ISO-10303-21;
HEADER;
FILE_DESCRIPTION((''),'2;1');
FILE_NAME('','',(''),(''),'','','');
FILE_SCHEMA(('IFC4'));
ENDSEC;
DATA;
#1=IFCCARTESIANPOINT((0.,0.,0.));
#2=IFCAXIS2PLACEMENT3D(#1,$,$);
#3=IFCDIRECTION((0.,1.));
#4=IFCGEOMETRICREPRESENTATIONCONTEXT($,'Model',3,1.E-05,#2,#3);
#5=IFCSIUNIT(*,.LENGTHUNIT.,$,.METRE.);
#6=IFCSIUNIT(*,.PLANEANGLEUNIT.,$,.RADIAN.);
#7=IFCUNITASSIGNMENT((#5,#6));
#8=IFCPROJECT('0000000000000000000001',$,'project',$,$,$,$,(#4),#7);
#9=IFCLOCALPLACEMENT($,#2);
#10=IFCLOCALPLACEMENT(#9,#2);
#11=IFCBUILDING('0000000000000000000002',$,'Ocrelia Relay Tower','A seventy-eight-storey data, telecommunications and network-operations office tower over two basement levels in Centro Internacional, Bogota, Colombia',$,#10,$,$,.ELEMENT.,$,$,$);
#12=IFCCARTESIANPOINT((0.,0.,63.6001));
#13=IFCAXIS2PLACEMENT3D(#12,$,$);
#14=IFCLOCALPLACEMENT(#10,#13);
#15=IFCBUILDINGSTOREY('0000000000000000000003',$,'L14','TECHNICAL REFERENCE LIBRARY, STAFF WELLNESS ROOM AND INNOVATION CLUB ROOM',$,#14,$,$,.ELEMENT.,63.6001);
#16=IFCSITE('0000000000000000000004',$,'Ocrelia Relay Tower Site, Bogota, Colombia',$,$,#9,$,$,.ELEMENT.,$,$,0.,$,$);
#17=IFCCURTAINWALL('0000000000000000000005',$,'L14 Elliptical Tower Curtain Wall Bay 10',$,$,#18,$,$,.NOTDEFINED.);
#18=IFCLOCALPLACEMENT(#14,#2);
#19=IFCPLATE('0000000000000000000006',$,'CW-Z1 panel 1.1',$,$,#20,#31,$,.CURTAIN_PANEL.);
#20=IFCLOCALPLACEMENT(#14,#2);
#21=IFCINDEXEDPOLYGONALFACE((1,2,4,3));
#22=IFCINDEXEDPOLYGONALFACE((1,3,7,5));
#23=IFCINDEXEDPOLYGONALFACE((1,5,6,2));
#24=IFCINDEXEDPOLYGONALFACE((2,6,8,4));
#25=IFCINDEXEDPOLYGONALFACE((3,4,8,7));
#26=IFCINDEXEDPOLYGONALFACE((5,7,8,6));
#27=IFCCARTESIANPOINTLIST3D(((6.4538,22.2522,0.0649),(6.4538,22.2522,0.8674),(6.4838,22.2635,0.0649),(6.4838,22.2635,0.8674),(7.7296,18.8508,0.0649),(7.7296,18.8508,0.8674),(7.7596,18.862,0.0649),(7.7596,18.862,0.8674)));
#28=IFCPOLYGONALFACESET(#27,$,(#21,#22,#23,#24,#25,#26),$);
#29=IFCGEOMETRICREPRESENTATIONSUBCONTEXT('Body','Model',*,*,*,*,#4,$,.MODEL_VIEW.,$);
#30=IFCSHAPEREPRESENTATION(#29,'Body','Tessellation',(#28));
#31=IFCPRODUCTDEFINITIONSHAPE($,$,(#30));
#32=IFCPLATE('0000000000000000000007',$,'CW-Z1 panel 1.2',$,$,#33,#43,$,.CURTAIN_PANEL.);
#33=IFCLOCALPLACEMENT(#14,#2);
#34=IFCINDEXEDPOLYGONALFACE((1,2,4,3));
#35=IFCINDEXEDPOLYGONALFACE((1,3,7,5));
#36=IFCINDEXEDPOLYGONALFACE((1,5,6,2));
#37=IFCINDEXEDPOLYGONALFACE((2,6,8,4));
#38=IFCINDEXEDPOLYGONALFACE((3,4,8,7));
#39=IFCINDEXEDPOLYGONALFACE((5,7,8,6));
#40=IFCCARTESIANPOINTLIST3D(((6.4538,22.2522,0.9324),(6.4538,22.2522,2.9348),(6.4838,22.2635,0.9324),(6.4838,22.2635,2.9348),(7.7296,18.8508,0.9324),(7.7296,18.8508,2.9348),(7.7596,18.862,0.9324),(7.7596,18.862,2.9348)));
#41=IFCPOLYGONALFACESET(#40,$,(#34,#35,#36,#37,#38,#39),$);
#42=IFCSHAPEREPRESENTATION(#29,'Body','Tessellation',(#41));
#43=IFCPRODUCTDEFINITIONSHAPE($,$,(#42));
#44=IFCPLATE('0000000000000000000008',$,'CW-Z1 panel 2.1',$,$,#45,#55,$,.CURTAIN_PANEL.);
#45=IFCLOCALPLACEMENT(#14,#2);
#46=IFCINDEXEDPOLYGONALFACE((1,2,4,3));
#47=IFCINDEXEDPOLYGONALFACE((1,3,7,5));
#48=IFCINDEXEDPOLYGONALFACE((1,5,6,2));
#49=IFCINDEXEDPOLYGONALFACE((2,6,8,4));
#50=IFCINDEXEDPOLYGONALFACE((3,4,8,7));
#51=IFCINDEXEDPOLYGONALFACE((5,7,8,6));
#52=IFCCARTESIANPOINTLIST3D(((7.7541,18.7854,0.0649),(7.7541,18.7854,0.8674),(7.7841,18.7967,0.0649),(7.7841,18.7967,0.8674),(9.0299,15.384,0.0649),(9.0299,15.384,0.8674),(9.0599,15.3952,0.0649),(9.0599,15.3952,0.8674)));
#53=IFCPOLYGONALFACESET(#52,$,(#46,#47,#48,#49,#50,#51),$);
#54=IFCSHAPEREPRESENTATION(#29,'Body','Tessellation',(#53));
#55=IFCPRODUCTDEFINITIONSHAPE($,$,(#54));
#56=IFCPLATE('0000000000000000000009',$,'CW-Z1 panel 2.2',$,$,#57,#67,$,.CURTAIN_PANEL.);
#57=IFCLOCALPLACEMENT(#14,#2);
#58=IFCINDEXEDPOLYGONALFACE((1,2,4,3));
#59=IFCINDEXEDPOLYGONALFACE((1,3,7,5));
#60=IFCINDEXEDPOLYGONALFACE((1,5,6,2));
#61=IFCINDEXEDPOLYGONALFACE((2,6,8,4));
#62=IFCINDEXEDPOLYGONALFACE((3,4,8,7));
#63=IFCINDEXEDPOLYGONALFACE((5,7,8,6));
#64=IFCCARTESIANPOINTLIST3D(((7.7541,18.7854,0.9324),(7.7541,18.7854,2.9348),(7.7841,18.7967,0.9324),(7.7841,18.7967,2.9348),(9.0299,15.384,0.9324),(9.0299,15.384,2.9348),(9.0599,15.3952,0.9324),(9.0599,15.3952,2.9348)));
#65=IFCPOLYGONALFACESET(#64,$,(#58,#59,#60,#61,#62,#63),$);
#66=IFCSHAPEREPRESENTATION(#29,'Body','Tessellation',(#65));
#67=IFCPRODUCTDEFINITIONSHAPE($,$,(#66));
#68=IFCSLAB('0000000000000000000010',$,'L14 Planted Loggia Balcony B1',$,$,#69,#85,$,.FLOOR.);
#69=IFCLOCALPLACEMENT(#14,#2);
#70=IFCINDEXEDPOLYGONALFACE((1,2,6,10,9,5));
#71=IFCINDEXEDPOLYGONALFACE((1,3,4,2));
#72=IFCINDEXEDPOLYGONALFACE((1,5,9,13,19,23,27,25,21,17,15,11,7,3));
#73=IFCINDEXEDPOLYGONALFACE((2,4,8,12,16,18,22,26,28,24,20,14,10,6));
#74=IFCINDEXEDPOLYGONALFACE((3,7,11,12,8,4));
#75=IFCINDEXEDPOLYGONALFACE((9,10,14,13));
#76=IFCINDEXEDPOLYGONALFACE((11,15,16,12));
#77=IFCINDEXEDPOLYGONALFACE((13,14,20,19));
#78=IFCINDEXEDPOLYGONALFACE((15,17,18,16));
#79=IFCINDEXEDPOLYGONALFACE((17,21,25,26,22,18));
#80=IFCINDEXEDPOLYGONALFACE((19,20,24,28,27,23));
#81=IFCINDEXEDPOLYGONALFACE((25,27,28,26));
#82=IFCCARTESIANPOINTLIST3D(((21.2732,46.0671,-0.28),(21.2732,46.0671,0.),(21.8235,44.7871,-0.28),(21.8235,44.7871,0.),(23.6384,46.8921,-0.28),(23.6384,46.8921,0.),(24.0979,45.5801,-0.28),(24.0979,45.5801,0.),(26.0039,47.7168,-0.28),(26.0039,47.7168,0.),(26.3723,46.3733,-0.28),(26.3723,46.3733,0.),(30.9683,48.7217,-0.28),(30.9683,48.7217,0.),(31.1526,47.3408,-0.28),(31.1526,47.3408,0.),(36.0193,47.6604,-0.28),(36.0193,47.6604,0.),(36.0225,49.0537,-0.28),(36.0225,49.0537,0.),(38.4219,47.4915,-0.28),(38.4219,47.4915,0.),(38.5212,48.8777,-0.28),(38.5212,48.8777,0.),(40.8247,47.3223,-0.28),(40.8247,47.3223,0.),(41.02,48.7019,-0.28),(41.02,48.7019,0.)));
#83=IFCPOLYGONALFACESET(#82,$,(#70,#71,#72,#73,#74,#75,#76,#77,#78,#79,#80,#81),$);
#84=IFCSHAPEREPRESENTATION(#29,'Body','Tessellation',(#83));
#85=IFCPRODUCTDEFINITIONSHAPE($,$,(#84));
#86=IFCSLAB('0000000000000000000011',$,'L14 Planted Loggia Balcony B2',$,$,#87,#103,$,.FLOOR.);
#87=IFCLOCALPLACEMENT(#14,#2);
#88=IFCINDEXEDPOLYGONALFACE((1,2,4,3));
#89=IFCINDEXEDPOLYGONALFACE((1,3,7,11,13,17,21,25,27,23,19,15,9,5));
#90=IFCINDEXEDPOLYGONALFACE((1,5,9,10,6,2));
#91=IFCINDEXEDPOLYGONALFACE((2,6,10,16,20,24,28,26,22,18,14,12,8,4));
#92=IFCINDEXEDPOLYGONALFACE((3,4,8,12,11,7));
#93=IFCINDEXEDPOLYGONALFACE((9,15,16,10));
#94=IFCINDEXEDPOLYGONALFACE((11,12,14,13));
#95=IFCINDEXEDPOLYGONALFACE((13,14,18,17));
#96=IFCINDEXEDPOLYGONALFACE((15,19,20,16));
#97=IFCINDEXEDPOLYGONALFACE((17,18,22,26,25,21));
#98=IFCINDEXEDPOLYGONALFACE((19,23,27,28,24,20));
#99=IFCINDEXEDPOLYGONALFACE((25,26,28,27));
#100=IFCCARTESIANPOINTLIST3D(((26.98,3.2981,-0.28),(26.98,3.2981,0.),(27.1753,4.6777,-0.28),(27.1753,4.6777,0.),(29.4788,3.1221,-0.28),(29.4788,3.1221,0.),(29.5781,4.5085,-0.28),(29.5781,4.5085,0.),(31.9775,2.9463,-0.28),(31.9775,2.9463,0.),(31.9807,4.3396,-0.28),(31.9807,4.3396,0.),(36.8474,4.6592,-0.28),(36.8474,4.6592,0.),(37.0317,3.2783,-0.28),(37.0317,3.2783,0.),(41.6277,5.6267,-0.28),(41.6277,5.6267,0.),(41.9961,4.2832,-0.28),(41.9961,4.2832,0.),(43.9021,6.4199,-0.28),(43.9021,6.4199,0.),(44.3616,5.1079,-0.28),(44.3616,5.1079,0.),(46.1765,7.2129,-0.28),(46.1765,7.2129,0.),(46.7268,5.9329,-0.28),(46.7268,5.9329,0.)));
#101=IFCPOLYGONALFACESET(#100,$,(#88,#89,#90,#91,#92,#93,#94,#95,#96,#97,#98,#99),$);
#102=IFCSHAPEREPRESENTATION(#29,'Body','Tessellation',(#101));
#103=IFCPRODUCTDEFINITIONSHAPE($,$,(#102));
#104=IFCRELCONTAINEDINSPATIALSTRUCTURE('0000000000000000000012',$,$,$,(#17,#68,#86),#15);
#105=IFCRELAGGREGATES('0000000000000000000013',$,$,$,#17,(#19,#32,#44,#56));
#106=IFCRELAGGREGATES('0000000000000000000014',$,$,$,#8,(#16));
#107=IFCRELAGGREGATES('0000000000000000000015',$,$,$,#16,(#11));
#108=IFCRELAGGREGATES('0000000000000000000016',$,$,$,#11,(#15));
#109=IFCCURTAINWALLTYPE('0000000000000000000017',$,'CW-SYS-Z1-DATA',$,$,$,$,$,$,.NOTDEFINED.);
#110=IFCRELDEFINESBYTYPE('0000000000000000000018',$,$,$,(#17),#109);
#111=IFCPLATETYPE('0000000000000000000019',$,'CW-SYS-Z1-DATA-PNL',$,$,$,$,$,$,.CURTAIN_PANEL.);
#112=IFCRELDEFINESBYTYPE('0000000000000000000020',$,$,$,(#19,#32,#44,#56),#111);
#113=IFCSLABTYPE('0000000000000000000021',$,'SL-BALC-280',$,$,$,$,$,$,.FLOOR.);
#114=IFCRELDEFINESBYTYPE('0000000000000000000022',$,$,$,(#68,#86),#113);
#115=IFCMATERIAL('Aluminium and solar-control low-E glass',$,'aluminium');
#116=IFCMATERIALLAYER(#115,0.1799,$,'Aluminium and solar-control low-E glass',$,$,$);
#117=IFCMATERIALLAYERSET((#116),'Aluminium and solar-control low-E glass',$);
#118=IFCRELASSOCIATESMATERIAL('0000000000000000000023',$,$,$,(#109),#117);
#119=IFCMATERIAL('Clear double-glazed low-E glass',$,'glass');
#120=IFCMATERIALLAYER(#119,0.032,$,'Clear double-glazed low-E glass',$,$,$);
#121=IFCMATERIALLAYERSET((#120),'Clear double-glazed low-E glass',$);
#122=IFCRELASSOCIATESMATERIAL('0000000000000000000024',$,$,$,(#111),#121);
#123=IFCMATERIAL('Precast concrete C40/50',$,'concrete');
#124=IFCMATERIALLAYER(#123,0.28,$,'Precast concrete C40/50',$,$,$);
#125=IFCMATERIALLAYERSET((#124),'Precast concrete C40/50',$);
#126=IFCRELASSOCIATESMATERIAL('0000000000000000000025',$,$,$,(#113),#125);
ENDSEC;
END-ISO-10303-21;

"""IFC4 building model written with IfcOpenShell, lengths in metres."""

from ifc_helpers import new_model, si_unit, direction, frame, origin, origin_2d, place, context, subcontext, project, spatial, polyline, rectangle, outline, extrude, material, layer, layer_set, type_object, element, aggregate, save


model = new_model("IFC4")

# Units and contexts
model_context = context("Model", 3, precision=1e-05, world=origin(), true_north=direction((0.0, 1.0)))
body_context = subcontext(model_context, "Body", "Model", "MODEL_VIEW")
ifc_project = project(units=[si_unit("LENGTHUNIT", "METRE"), si_unit("PLANEANGLEUNIT", "RADIAN")], contexts=[model_context])

# Site, building, storey
site_placement = place(None, origin())
site = spatial("IfcSite", under=ifc_project, at=site_placement, Name="Ocrelia Relay Tower Site, Bogota, Colombia", CompositionType="ELEMENT", RefElevation=0.0)
building_placement = place(site_placement, origin())
building = spatial("IfcBuilding", under=site, at=building_placement, Name="Ocrelia Relay Tower", Description="A seventy-eight-storey data, telecommunications and network-operations office tower over two basement levels in Centro Internacional, Bogota, Colombia", CompositionType="ELEMENT")
storey_placement = place(building_placement, frame((0.0, 0.0, 63.6001)))
storey = spatial("IfcBuildingStorey", under=building, at=storey_placement, Name="L14", Description="TECHNICAL REFERENCE LIBRARY, STAFF WELLNESS ROOM AND INNOVATION CLUB ROOM", CompositionType="ELEMENT", Elevation=63.6001)

# Shared definitions
ifc_material_1 = material(Name="Aluminium and solar-control low-E glass", Category="aluminium")
ifc_layer_1 = layer(ifc_material_1, 0.1799, Name="Aluminium and solar-control low-E glass")
ifc_layer_set_1 = layer_set([ifc_layer_1], Name="Aluminium and solar-control low-E glass")
curtain_wall_type = type_object("IfcCurtainWallType", Name="CW-SYS-Z1-DATA", PredefinedType="NOTDEFINED", material=ifc_layer_set_1)

# Curtain wall
curtain_wall_1_placement = place(storey_placement, origin())
curtain_wall_1 = element("IfcCurtainWall", 1, at=curtain_wall_1_placement, inside=storey, type_object=curtain_wall_type, Name="L14 Elliptical Tower Curtain Wall Bay 10", PredefinedType="NOTDEFINED")

# Plates
ifc_material_2 = material(Name="Clear double-glazed low-E glass", Category="glass")
ifc_layer_2 = layer(ifc_material_2, 0.032, Name="Clear double-glazed low-E glass")
ifc_layer_set_2 = layer_set([ifc_layer_2], Name="Clear double-glazed low-E glass")
plate_type = type_object("IfcPlateType", Name="CW-SYS-Z1-DATA-PNL", PredefinedType="CURTAIN_PANEL", material=ifc_layer_set_2)
plate_1_placement = place(storey_placement, frame((7.1067, 20.5571, 0.0649), z_axis=(0.0, 0.0, 1.0), x_axis=(0.351189, -0.936304, 0.0)))
plate_1 = element("IfcPlate", 2, at=plate_1_placement, type_object=plate_type, Name="CW-Z1 panel 1.1", PredefinedType="CURTAIN_PANEL", context=body_context, shape_type="SweptSolid", body=[
    extrude(rectangle(XDim=3.6328, YDim=0.032, at=origin_2d()), origin(), (0.0, 0.0, 1.0), 0.8025),
])
plate_2_placement = place(storey_placement, frame((7.1067, 20.5571, 0.9324), z_axis=(0.0, 0.0, 1.0), x_axis=(0.351189, -0.936304, 0.0)))
plate_2 = element("IfcPlate", 3, at=plate_2_placement, type_object=plate_type, Name="CW-Z1 panel 1.2", PredefinedType="CURTAIN_PANEL", context=body_context, shape_type="SweptSolid", body=[
    extrude(rectangle(XDim=3.6328, YDim=0.032, at=origin_2d()), origin(), (0.0, 0.0, 1.0), 2.0024),
])
plate_3_placement = place(storey_placement, frame((8.407, 17.0903, 0.0649), z_axis=(0.0, 0.0, 1.0), x_axis=(0.351189, -0.936304, 0.0)))
plate_3 = element("IfcPlate", 4, at=plate_3_placement, type_object=plate_type, Name="CW-Z1 panel 2.1", PredefinedType="CURTAIN_PANEL", context=body_context, shape_type="SweptSolid", body=[
    extrude(rectangle(XDim=3.6328, YDim=0.032, at=origin_2d()), origin(), (0.0, 0.0, 1.0), 0.8025),
])
plate_4_placement = place(storey_placement, frame((8.407, 17.0903, 0.9324), z_axis=(0.0, 0.0, 1.0), x_axis=(0.351189, -0.936304, 0.0)))
plate_4 = element("IfcPlate", 5, at=plate_4_placement, type_object=plate_type, Name="CW-Z1 panel 2.2", PredefinedType="CURTAIN_PANEL", context=body_context, shape_type="SweptSolid", body=[
    extrude(rectangle(XDim=3.6328, YDim=0.032, at=origin_2d()), origin(), (0.0, 0.0, 1.0), 2.0024),
])
aggregate(curtain_wall_1, [plate_1, plate_2, plate_3, plate_4])

# Slabs
ifc_material_3 = material(Name="Precast concrete C40/50", Category="concrete")
ifc_layer_3 = layer(ifc_material_3, 0.28, Name="Precast concrete C40/50")
ifc_layer_set_3 = layer_set([ifc_layer_3], Name="Precast concrete C40/50")
slab_type_1 = type_object("IfcSlabType", Name="SL-BALC-280", PredefinedType="FLOOR", material=ifc_layer_set_3)
slab_1_placement = place(storey_placement, frame((0.0, 0.0, -0.28)))
element("IfcSlab", 6, at=slab_1_placement, inside=storey, type_object=slab_type_1, Name="L14 Planted Loggia Balcony B1", PredefinedType="FLOOR", context=body_context, shape_type="SweptSolid", body=[
    extrude(outline(polyline([(40.8247, 47.3223), (38.4219, 47.4915), (36.0193, 47.6604), (31.1526, 47.3408), (26.3723, 46.3733), (24.0979, 45.5801), (21.8235, 44.7871), (21.2732, 46.0671), (23.6384, 46.8921), (26.0039, 47.7168), (30.9683, 48.7217), (36.0225, 49.0537), (38.5212, 48.8777), (41.02, 48.7019), (40.8247, 47.3223)])), origin(), (0.0, 0.0, 1.0), 0.28),
])
slab_2_placement = place(storey_placement, frame((0.0, 0.0, -0.28)))
element("IfcSlab", 7, at=slab_2_placement, inside=storey, type_object=slab_type_1, Name="L14 Planted Loggia Balcony B2", PredefinedType="FLOOR", context=body_context, shape_type="SweptSolid", body=[
    extrude(outline(polyline([(27.1753, 4.6777), (29.5781, 4.5085), (31.9807, 4.3396), (36.8474, 4.6592), (41.6277, 5.6267), (43.9021, 6.4199), (46.1765, 7.2129), (46.7268, 5.9329), (44.3616, 5.1079), (41.9961, 4.2832), (37.0317, 3.2783), (31.9775, 2.9463), (29.4788, 3.1221), (26.98, 3.2981), (27.1753, 4.6777)])), origin(), (0.0, 0.0, 1.0), 0.28),
])

save(model, "model.ifc")
